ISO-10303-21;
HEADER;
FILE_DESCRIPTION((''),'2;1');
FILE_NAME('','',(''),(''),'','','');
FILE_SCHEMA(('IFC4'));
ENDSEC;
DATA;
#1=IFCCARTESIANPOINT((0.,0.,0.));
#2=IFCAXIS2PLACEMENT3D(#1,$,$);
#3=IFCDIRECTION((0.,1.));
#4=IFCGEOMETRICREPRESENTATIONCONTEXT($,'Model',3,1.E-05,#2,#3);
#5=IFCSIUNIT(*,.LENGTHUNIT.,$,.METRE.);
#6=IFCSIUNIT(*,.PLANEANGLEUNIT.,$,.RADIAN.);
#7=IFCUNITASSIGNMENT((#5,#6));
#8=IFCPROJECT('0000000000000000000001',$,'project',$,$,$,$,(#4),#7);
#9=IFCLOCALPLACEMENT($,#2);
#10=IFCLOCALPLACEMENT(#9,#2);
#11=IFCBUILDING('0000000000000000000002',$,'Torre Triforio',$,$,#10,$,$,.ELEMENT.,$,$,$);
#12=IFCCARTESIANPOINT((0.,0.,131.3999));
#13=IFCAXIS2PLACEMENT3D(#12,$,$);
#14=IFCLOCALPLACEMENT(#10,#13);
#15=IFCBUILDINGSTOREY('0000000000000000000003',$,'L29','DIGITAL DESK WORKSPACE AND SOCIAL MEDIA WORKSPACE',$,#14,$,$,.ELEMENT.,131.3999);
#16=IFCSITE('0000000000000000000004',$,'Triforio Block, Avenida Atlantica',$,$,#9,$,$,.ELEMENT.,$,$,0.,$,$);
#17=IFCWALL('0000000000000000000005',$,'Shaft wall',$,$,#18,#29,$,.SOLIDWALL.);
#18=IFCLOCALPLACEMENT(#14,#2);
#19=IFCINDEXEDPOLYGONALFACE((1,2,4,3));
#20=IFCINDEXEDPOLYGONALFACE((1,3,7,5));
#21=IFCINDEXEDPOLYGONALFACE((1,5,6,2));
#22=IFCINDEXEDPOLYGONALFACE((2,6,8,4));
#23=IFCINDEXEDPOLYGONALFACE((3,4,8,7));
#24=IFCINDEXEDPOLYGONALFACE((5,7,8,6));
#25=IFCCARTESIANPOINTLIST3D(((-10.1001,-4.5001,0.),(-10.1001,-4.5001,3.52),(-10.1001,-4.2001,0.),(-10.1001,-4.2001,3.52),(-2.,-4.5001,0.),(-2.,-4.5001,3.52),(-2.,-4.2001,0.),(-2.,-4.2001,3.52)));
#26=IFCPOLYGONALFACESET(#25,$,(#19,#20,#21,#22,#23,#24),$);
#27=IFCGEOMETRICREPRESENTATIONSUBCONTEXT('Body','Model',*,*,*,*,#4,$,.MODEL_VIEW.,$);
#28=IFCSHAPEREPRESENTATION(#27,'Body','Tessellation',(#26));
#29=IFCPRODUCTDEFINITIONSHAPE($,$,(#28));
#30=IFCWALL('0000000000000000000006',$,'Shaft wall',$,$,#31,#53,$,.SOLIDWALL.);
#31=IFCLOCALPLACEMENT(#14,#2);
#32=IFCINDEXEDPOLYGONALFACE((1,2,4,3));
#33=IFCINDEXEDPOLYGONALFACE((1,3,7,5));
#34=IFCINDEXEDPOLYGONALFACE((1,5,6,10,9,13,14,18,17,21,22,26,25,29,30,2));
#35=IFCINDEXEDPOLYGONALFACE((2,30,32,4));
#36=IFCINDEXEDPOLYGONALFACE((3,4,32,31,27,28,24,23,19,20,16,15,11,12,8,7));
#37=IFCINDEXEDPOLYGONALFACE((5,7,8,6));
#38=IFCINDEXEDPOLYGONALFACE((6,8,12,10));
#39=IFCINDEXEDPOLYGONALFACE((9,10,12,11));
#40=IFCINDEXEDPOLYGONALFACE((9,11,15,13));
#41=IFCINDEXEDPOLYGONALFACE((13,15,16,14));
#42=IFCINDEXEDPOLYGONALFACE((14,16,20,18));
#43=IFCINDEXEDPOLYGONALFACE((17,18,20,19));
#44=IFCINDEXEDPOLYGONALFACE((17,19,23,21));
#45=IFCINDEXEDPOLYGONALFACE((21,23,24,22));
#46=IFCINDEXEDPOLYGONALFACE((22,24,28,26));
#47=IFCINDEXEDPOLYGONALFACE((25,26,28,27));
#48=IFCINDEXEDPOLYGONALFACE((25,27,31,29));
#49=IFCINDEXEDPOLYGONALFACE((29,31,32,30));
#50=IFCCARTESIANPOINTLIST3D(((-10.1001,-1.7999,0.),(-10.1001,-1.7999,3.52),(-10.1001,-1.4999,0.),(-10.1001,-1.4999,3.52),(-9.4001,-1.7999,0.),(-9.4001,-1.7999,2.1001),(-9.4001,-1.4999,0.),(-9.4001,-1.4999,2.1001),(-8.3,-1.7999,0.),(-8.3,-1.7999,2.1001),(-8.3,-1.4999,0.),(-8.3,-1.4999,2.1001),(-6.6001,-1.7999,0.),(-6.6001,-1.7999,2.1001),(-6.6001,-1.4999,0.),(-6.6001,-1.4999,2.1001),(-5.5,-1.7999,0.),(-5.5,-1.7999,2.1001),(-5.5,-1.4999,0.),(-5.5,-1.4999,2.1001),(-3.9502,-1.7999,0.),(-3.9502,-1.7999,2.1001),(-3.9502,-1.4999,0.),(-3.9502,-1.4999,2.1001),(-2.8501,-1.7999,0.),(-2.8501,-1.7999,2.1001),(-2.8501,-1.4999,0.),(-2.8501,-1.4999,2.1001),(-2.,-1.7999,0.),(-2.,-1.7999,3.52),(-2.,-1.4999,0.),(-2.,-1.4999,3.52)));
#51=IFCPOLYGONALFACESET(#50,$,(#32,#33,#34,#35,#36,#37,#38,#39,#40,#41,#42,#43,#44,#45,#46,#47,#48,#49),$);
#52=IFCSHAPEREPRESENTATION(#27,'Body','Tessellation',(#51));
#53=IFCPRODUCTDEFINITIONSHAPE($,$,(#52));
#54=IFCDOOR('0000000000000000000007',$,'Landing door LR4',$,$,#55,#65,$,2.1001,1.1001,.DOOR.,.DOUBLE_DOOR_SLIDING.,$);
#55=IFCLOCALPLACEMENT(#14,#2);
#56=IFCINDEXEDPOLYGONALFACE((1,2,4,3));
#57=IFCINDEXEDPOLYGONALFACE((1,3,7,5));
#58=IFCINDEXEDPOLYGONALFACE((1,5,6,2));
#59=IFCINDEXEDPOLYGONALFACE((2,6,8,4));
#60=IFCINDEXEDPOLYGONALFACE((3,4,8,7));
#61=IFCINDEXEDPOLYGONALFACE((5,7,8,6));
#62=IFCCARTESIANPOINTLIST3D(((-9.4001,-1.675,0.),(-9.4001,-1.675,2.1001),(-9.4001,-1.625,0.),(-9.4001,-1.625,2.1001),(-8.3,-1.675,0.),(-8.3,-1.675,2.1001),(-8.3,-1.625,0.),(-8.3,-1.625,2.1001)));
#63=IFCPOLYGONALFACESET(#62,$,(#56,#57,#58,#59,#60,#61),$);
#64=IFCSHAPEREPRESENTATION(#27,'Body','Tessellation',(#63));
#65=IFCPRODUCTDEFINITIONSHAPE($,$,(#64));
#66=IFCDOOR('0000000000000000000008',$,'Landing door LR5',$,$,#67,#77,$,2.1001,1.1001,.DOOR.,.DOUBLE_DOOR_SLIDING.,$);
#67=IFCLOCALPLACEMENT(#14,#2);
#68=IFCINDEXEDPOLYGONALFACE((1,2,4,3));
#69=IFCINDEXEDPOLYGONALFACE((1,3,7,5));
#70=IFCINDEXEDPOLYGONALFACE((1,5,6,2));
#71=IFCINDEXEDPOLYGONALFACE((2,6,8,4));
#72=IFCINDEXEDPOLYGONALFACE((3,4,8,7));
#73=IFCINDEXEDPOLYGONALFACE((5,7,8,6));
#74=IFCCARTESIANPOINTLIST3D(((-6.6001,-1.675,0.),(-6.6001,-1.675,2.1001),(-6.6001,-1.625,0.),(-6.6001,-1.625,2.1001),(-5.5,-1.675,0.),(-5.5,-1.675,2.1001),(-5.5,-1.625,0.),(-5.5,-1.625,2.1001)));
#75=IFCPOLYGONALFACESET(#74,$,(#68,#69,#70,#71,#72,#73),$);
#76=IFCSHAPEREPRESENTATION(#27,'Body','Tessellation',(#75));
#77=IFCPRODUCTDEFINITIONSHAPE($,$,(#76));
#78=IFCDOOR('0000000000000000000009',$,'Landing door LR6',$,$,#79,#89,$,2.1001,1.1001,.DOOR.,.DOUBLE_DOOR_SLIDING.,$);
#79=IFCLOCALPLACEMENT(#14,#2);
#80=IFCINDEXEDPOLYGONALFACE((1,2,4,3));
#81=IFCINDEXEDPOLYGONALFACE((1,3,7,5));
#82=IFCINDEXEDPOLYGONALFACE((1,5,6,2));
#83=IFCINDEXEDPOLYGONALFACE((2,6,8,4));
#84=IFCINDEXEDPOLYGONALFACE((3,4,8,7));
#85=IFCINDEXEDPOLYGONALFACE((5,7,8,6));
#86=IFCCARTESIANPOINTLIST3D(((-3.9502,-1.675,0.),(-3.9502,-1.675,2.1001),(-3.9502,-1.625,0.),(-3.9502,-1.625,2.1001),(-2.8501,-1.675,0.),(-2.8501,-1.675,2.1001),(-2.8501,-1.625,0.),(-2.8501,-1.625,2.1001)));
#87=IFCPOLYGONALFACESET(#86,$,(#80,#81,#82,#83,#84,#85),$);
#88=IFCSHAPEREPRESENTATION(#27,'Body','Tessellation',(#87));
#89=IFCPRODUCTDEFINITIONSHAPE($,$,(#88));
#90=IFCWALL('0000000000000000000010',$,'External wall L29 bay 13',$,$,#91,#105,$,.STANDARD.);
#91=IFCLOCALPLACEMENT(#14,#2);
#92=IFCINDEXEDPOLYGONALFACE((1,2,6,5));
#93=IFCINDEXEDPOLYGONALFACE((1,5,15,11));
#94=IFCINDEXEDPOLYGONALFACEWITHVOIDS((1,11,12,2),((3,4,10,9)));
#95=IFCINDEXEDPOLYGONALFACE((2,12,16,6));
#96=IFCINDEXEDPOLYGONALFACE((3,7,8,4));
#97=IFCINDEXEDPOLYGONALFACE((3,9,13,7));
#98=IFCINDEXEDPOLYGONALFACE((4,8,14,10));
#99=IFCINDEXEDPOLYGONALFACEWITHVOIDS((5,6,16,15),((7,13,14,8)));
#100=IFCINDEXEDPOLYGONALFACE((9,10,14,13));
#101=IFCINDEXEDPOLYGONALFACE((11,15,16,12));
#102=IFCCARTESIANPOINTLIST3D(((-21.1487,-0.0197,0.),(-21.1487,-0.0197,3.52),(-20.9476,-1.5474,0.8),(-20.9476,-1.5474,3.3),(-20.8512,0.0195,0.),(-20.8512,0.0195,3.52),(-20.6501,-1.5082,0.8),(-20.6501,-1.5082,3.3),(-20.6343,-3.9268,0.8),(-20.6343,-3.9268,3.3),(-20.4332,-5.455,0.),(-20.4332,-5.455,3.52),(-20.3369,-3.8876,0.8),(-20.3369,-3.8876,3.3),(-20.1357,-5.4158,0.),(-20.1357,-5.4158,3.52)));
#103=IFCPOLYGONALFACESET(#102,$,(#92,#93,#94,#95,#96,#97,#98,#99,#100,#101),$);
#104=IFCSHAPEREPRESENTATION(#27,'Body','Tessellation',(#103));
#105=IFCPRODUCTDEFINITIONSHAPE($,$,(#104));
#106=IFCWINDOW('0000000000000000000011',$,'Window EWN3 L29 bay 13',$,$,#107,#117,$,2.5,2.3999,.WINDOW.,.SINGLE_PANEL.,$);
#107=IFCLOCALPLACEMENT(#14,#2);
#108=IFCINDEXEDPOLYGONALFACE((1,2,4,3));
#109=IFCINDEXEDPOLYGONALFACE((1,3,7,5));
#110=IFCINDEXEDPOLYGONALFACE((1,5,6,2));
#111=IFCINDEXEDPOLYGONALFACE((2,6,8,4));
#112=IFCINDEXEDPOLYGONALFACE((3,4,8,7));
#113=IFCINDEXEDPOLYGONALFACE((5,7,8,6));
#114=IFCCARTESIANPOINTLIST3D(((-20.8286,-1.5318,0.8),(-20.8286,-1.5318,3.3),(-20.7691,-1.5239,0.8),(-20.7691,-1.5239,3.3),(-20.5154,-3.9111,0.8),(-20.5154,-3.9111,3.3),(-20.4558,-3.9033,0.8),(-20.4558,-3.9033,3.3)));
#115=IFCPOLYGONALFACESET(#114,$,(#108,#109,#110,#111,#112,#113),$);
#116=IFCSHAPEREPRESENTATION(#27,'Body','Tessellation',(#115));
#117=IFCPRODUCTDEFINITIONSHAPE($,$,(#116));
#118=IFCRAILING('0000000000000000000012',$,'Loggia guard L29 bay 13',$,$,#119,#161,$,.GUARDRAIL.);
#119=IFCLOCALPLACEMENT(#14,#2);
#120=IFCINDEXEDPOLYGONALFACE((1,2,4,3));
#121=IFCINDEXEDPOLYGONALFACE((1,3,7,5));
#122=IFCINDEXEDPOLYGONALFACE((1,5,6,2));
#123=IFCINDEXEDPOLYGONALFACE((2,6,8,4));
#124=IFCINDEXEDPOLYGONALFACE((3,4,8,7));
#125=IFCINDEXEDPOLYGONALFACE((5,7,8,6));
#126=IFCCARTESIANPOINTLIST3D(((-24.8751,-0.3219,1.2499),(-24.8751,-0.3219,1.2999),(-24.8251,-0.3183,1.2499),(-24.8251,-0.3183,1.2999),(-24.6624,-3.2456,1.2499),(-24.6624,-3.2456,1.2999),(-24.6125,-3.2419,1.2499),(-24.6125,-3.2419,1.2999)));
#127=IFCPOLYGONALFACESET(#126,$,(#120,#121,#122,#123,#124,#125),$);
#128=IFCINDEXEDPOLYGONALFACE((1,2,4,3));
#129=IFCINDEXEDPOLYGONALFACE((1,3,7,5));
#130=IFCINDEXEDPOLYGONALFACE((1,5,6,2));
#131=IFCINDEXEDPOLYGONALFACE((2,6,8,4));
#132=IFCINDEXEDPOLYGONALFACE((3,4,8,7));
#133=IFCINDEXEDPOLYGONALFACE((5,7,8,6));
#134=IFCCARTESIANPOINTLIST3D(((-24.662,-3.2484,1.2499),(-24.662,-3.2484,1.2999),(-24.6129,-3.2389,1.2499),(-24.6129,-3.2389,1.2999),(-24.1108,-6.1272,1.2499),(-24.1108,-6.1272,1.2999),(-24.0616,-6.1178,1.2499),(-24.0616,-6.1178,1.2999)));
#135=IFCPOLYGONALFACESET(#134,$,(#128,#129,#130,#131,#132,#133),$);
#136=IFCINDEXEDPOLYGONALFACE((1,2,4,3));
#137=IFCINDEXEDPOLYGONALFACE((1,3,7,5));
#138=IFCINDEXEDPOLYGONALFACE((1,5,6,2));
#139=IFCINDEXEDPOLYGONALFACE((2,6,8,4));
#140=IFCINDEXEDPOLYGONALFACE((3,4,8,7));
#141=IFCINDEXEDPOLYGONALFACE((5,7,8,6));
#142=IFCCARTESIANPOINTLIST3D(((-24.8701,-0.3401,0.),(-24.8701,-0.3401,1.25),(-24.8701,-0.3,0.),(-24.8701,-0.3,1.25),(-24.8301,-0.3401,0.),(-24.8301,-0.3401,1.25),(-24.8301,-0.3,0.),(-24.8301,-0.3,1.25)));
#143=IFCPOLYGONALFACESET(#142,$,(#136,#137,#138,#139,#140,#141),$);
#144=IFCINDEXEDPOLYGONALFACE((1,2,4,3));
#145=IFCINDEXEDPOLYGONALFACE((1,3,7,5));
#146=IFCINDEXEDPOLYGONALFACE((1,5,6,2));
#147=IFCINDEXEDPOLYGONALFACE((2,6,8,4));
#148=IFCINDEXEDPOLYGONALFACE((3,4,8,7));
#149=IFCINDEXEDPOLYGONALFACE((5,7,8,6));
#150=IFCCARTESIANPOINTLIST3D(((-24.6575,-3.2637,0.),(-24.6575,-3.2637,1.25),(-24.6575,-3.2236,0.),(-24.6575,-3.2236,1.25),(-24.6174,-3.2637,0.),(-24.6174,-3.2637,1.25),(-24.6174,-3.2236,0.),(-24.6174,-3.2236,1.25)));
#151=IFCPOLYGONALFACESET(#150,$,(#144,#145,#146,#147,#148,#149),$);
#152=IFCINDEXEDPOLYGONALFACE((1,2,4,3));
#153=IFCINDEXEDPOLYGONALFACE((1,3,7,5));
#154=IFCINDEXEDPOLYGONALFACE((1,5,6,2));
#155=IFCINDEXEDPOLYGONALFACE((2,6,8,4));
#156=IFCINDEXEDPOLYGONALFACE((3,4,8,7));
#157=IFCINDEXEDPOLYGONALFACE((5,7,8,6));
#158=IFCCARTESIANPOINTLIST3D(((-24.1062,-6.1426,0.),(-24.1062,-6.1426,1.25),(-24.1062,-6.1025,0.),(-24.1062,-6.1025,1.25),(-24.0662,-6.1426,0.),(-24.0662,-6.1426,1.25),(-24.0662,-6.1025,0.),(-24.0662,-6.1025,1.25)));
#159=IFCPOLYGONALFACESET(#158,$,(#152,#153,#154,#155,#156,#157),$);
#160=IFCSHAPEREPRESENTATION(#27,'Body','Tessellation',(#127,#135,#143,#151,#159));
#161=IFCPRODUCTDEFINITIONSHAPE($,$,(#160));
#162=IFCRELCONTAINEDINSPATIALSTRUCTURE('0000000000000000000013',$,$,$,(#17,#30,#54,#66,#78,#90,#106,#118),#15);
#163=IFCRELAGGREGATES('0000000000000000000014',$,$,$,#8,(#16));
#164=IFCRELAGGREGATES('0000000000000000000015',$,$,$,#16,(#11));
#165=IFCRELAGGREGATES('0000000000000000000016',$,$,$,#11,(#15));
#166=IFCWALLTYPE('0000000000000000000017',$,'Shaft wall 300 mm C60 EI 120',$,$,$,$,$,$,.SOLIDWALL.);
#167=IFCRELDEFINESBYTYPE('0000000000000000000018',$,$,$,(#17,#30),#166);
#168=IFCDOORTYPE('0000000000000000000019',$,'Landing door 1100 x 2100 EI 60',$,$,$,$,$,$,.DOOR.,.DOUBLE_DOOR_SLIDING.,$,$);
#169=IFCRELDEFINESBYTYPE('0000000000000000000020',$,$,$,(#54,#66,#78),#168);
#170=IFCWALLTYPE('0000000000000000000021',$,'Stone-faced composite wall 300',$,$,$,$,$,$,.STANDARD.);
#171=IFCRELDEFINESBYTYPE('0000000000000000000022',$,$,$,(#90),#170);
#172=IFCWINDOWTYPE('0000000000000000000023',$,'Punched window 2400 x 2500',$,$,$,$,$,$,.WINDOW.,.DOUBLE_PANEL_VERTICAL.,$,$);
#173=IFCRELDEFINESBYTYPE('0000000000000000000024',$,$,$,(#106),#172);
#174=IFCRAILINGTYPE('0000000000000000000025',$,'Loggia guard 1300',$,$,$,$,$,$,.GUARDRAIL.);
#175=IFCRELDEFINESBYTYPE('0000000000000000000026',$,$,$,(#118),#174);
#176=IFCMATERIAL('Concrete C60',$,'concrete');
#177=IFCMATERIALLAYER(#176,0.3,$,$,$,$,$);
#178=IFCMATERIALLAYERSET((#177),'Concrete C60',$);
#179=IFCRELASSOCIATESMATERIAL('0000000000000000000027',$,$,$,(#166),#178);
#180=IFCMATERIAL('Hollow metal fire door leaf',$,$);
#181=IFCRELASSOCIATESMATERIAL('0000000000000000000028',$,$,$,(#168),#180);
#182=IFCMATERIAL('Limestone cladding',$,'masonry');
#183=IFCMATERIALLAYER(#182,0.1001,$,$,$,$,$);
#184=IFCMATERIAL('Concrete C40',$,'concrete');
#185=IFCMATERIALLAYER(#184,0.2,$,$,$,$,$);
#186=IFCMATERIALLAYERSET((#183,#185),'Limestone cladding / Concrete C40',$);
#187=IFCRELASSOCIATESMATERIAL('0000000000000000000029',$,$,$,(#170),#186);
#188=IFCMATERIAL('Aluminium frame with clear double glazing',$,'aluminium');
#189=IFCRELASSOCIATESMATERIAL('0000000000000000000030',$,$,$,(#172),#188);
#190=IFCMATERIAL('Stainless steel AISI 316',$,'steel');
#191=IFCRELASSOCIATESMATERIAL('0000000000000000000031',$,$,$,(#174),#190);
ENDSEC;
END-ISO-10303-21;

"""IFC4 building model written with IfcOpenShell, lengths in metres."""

from ifc_helpers import new_model, si_unit, direction, frame, frame_2d, origin, origin_2d, place, context, subcontext, project, spatial, rectangle, extrude, material, layer, layer_set, type_object, element, fill, save


model = new_model("IFC4")

# Units and contexts
model_context = context("Model", 3, precision=1e-05, world=origin(), true_north=direction((0.0, 1.0)))
body_context = subcontext(model_context, "Body", "Model", "MODEL_VIEW")
ifc_project = project(units=[si_unit("LENGTHUNIT", "METRE"), si_unit("PLANEANGLEUNIT", "RADIAN")], contexts=[model_context])

# Site, building, storey
site_placement = place(None, origin())
site = spatial("IfcSite", under=ifc_project, at=site_placement, Name="Triforio Block, Avenida Atlantica", CompositionType="ELEMENT", RefElevation=0.0)
building_placement = place(site_placement, origin())
building = spatial("IfcBuilding", under=site, at=building_placement, Name="Torre Triforio", CompositionType="ELEMENT")
storey_placement = place(building_placement, frame((0.0, 0.0, 131.3999)))
storey = spatial("IfcBuildingStorey", under=building, at=storey_placement, Name="L29", Description="DIGITAL DESK WORKSPACE AND SOCIAL MEDIA WORKSPACE", CompositionType="ELEMENT", Elevation=131.3999)

# Shared definitions
ifc_material_1 = material(Name="Concrete C60", Category="concrete")

# Shared definitions
ifc_material_2 = material(Name="Hollow metal fire door leaf")

# Wall
ifc_material_3 = material(Name="Limestone cladding", Category="masonry")
ifc_material_4 = material(Name="Concrete C40", Category="concrete")
ifc_layer_1 = layer(ifc_material_1, 0.3)
ifc_layer_set_1 = layer_set([ifc_layer_1], Name="Concrete C60")
wall_type_1 = type_object("IfcWallType", Name="Shaft wall 300 mm C60 EI 120", PredefinedType="SOLIDWALL", material=ifc_layer_set_1)
wall_1_placement = place(storey_placement, frame((-10.1001, -4.3501, 0.0), z_axis=(0.0, 0.0, 1.0), x_axis=(1.0, 0.0, 0.0)))
element("IfcWall", 1, at=wall_1_placement, inside=storey, type_object=wall_type_1, Name="Shaft wall", PredefinedType="SOLIDWALL", context=body_context, shape_type="SweptSolid", body=[
    extrude(rectangle(XDim=8.1001, YDim=0.3, at=frame_2d((4.05, 0.0))), origin(), (0.0, 0.0, 1.0), 3.52),
])

# Wall, openings, doors
wall_2_placement = place(storey_placement, frame((-10.1001, -1.6499, 0.0), z_axis=(0.0, 0.0, 1.0), x_axis=(1.0, 0.0, 0.0)))
wall_2 = element("IfcWall", 2, at=wall_2_placement, inside=storey, type_object=wall_type_1, Name="Shaft wall", PredefinedType="SOLIDWALL", context=body_context, shape_type="SweptSolid", body=[
    extrude(rectangle(XDim=8.1001, YDim=0.3, at=frame_2d((4.05, 0.0))), origin(), (0.0, 0.0, 1.0), 3.52),
])
opening_1_placement = place(wall_2_placement, frame((0.7, 0.0, 0.0)))
opening_1 = element("IfcOpeningElement", 3, at=opening_1_placement, cuts=wall_2, PredefinedType="OPENING", context=body_context, shape_type="SweptSolid", body=[
    extrude(rectangle(XDim=1.1001, YDim=2.1001, at=frame_2d((0.55, 1.05))), frame((0.0, 0.1599, 0.0), z_axis=(0.0, -1.0, 0.0), x_axis=(1.0, 0.0, 0.0)), (0.0, 0.0, 1.0), 0.3201),
])
opening_2_placement = place(wall_2_placement, frame((3.5, 0.0, 0.0)))
opening_2 = element("IfcOpeningElement", 4, at=opening_2_placement, cuts=wall_2, PredefinedType="OPENING", context=body_context, shape_type="SweptSolid", body=[
    extrude(rectangle(XDim=1.1001, YDim=2.1001, at=frame_2d((0.55, 1.05))), frame((0.0, 0.1599, 0.0), z_axis=(0.0, -1.0, 0.0), x_axis=(1.0, 0.0, 0.0)), (0.0, 0.0, 1.0), 0.3201),
])
opening_3_placement = place(wall_2_placement, frame((6.1499, 0.0, 0.0)))
opening_3 = element("IfcOpeningElement", 5, at=opening_3_placement, cuts=wall_2, PredefinedType="OPENING", context=body_context, shape_type="SweptSolid", body=[
    extrude(rectangle(XDim=1.1001, YDim=2.1001, at=frame_2d((0.55, 1.05))), frame((0.0, 0.1599, 0.0), z_axis=(0.0, -1.0, 0.0), x_axis=(1.0, 0.0, 0.0)), (0.0, 0.0, 1.0), 0.3201),
])
door_type_1 = type_object("IfcDoorType", Name="Landing door 1100 x 2100 EI 60", OperationType="DOUBLE_DOOR_SLIDING", PredefinedType="DOOR", material=ifc_material_2)
door_1_placement = place(opening_1_placement, origin())
door_1 = element("IfcDoor", 6, at=door_1_placement, inside=storey, type_object=door_type_1, Name="Landing door LR4", OperationType="DOUBLE_DOOR_SLIDING", OverallHeight=2.1001, OverallWidth=1.1001, PredefinedType="DOOR", context=body_context, shape_type="SweptSolid", body=[
    extrude(rectangle(XDim=1.1001, YDim=2.1001, at=frame_2d((0.55, 1.05))), frame((0.0, 0.0249, 0.0), z_axis=(0.0, -1.0, 0.0), x_axis=(1.0, 0.0, 0.0)), (0.0, 0.0, 1.0), 0.05),
])
fill(opening_1, door_1)
door_2_placement = place(opening_2_placement, origin())
door_2 = element("IfcDoor", 7, at=door_2_placement, inside=storey, type_object=door_type_1, Name="Landing door LR5", OperationType="DOUBLE_DOOR_SLIDING", OverallHeight=2.1001, OverallWidth=1.1001, PredefinedType="DOOR", context=body_context, shape_type="SweptSolid", body=[
    extrude(rectangle(XDim=1.1001, YDim=2.1001, at=frame_2d((0.55, 1.05))), frame((0.0, 0.0249, 0.0), z_axis=(0.0, -1.0, 0.0), x_axis=(1.0, 0.0, 0.0)), (0.0, 0.0, 1.0), 0.05),
])
fill(opening_2, door_2)
door_3_placement = place(opening_3_placement, origin())
door_3 = element("IfcDoor", 8, at=door_3_placement, inside=storey, type_object=door_type_1, Name="Landing door LR6", OperationType="DOUBLE_DOOR_SLIDING", OverallHeight=2.1001, OverallWidth=1.1001, PredefinedType="DOOR", context=body_context, shape_type="SweptSolid", body=[
    extrude(rectangle(XDim=1.1001, YDim=2.1001, at=frame_2d((0.55, 1.05))), frame((0.0, 0.0249, 0.0), z_axis=(0.0, -1.0, 0.0), x_axis=(1.0, 0.0, 0.0)), (0.0, 0.0, 1.0), 0.05),
])
fill(opening_3, door_3)

# Wall, opening, window
ifc_layer_2 = layer(ifc_material_3, 0.1001)
ifc_layer_3 = layer(ifc_material_4, 0.2)
ifc_layer_set_2 = layer_set([ifc_layer_2, ifc_layer_3], Name="Limestone cladding / Concrete C40")
wall_type_2 = type_object("IfcWallType", Name="Stone-faced composite wall 300", PredefinedType="STANDARD", material=ifc_layer_set_2)
wall_3_placement = place(storey_placement, frame((-21.0, 0.0, 0.0), z_axis=(0.0, 0.0, 1.0), x_axis=(0.130527, -0.991445, 0.0)))
wall_3 = element("IfcWall", 9, at=wall_3_placement, inside=storey, type_object=wall_type_2, Name="External wall L29 bay 13", PredefinedType="STANDARD", context=body_context, shape_type="SweptSolid", body=[
    extrude(rectangle(XDim=5.4822, YDim=0.3, at=frame_2d((2.7412, 0.0))), origin(), (0.0, 0.0, 1.0), 3.52),
])
opening_4_placement = place(wall_3_placement, frame((1.541, 0.0, 0.8)))
opening_4 = element("IfcOpeningElement", 10, at=opening_4_placement, cuts=wall_3, PredefinedType="OPENING", context=body_context, shape_type="SweptSolid", body=[
    extrude(rectangle(XDim=2.3999, YDim=2.5, at=frame_2d((1.2, 1.25))), frame((0.0, 0.1599, 0.0), z_axis=(0.0, -1.0, 0.0), x_axis=(1.0, 0.0, 0.0)), (0.0, 0.0, 1.0), 0.3201),
])
ifc_material_5 = material(Name="Aluminium frame with clear double glazing", Category="aluminium")
window_type_1 = type_object("IfcWindowType", Name="Punched window 2400 x 2500", PartitioningType="DOUBLE_PANEL_VERTICAL", PredefinedType="WINDOW", material=ifc_material_5)
window_1_placement = place(opening_4_placement, origin())
window_1 = element("IfcWindow", 11, at=window_1_placement, inside=storey, type_object=window_type_1, Name="Window EWN3 L29 bay 13", OverallHeight=2.5, OverallWidth=2.3999, PartitioningType="SINGLE_PANEL", PredefinedType="WINDOW", context=body_context, shape_type="SweptSolid", body=[
    extrude(rectangle(XDim=2.3999, YDim=2.5, at=frame_2d((1.2, 1.25))), frame((0.0, 0.03, 0.0), z_axis=(0.0, -1.0, 0.0), x_axis=(1.0, 0.0, 0.0)), (0.0, 0.0, 1.0), 0.0601),
])
fill(opening_4, window_1)

# Railing
ifc_material_6 = material(Name="Stainless steel AISI 316", Category="steel")
railing_type = type_object("IfcRailingType", Name="Loggia guard 1300", PredefinedType="GUARDRAIL", material=ifc_material_6)
railing_1_placement = place(storey_placement, frame((-24.8501, -0.3201, 0.0)))
element("IfcRailing", 12, at=railing_1_placement, inside=storey, type_object=railing_type, Name="Loggia guard L29 bay 13", PredefinedType="GUARDRAIL", context=body_context, shape_type="SweptSolid", body=[
    extrude(rectangle(XDim=0.05, YDim=0.05, at=origin_2d()), frame((0.0, 0.0, 1.2749), z_axis=(0.072543, -0.997365, 0.0), x_axis=(0.997365, 0.072543, 0.0)), (0.0, 0.0, 1.0), 2.9314),
    extrude(rectangle(XDim=0.05, YDim=0.05, at=origin_2d()), frame((0.2126, -2.9236, 1.2749), z_axis=(0.188069, -0.982156, 0.0), x_axis=(0.982156, 0.188069, 0.0)), (0.0, 0.0, 1.0), 2.9312),
    extrude(rectangle(XDim=0.04, YDim=0.04, at=origin_2d()), origin(), (0.0, 0.0, 1.0), 1.25),
    extrude(rectangle(XDim=0.04, YDim=0.04, at=origin_2d()), frame((0.2126, -2.9236, 0.0)), (0.0, 0.0, 1.0), 1.25),
    extrude(rectangle(XDim=0.04, YDim=0.04, at=origin_2d()), frame((0.7639, -5.8025, 0.0)), (0.0, 0.0, 1.0), 1.25),
])

save(model, "model.ifc")
